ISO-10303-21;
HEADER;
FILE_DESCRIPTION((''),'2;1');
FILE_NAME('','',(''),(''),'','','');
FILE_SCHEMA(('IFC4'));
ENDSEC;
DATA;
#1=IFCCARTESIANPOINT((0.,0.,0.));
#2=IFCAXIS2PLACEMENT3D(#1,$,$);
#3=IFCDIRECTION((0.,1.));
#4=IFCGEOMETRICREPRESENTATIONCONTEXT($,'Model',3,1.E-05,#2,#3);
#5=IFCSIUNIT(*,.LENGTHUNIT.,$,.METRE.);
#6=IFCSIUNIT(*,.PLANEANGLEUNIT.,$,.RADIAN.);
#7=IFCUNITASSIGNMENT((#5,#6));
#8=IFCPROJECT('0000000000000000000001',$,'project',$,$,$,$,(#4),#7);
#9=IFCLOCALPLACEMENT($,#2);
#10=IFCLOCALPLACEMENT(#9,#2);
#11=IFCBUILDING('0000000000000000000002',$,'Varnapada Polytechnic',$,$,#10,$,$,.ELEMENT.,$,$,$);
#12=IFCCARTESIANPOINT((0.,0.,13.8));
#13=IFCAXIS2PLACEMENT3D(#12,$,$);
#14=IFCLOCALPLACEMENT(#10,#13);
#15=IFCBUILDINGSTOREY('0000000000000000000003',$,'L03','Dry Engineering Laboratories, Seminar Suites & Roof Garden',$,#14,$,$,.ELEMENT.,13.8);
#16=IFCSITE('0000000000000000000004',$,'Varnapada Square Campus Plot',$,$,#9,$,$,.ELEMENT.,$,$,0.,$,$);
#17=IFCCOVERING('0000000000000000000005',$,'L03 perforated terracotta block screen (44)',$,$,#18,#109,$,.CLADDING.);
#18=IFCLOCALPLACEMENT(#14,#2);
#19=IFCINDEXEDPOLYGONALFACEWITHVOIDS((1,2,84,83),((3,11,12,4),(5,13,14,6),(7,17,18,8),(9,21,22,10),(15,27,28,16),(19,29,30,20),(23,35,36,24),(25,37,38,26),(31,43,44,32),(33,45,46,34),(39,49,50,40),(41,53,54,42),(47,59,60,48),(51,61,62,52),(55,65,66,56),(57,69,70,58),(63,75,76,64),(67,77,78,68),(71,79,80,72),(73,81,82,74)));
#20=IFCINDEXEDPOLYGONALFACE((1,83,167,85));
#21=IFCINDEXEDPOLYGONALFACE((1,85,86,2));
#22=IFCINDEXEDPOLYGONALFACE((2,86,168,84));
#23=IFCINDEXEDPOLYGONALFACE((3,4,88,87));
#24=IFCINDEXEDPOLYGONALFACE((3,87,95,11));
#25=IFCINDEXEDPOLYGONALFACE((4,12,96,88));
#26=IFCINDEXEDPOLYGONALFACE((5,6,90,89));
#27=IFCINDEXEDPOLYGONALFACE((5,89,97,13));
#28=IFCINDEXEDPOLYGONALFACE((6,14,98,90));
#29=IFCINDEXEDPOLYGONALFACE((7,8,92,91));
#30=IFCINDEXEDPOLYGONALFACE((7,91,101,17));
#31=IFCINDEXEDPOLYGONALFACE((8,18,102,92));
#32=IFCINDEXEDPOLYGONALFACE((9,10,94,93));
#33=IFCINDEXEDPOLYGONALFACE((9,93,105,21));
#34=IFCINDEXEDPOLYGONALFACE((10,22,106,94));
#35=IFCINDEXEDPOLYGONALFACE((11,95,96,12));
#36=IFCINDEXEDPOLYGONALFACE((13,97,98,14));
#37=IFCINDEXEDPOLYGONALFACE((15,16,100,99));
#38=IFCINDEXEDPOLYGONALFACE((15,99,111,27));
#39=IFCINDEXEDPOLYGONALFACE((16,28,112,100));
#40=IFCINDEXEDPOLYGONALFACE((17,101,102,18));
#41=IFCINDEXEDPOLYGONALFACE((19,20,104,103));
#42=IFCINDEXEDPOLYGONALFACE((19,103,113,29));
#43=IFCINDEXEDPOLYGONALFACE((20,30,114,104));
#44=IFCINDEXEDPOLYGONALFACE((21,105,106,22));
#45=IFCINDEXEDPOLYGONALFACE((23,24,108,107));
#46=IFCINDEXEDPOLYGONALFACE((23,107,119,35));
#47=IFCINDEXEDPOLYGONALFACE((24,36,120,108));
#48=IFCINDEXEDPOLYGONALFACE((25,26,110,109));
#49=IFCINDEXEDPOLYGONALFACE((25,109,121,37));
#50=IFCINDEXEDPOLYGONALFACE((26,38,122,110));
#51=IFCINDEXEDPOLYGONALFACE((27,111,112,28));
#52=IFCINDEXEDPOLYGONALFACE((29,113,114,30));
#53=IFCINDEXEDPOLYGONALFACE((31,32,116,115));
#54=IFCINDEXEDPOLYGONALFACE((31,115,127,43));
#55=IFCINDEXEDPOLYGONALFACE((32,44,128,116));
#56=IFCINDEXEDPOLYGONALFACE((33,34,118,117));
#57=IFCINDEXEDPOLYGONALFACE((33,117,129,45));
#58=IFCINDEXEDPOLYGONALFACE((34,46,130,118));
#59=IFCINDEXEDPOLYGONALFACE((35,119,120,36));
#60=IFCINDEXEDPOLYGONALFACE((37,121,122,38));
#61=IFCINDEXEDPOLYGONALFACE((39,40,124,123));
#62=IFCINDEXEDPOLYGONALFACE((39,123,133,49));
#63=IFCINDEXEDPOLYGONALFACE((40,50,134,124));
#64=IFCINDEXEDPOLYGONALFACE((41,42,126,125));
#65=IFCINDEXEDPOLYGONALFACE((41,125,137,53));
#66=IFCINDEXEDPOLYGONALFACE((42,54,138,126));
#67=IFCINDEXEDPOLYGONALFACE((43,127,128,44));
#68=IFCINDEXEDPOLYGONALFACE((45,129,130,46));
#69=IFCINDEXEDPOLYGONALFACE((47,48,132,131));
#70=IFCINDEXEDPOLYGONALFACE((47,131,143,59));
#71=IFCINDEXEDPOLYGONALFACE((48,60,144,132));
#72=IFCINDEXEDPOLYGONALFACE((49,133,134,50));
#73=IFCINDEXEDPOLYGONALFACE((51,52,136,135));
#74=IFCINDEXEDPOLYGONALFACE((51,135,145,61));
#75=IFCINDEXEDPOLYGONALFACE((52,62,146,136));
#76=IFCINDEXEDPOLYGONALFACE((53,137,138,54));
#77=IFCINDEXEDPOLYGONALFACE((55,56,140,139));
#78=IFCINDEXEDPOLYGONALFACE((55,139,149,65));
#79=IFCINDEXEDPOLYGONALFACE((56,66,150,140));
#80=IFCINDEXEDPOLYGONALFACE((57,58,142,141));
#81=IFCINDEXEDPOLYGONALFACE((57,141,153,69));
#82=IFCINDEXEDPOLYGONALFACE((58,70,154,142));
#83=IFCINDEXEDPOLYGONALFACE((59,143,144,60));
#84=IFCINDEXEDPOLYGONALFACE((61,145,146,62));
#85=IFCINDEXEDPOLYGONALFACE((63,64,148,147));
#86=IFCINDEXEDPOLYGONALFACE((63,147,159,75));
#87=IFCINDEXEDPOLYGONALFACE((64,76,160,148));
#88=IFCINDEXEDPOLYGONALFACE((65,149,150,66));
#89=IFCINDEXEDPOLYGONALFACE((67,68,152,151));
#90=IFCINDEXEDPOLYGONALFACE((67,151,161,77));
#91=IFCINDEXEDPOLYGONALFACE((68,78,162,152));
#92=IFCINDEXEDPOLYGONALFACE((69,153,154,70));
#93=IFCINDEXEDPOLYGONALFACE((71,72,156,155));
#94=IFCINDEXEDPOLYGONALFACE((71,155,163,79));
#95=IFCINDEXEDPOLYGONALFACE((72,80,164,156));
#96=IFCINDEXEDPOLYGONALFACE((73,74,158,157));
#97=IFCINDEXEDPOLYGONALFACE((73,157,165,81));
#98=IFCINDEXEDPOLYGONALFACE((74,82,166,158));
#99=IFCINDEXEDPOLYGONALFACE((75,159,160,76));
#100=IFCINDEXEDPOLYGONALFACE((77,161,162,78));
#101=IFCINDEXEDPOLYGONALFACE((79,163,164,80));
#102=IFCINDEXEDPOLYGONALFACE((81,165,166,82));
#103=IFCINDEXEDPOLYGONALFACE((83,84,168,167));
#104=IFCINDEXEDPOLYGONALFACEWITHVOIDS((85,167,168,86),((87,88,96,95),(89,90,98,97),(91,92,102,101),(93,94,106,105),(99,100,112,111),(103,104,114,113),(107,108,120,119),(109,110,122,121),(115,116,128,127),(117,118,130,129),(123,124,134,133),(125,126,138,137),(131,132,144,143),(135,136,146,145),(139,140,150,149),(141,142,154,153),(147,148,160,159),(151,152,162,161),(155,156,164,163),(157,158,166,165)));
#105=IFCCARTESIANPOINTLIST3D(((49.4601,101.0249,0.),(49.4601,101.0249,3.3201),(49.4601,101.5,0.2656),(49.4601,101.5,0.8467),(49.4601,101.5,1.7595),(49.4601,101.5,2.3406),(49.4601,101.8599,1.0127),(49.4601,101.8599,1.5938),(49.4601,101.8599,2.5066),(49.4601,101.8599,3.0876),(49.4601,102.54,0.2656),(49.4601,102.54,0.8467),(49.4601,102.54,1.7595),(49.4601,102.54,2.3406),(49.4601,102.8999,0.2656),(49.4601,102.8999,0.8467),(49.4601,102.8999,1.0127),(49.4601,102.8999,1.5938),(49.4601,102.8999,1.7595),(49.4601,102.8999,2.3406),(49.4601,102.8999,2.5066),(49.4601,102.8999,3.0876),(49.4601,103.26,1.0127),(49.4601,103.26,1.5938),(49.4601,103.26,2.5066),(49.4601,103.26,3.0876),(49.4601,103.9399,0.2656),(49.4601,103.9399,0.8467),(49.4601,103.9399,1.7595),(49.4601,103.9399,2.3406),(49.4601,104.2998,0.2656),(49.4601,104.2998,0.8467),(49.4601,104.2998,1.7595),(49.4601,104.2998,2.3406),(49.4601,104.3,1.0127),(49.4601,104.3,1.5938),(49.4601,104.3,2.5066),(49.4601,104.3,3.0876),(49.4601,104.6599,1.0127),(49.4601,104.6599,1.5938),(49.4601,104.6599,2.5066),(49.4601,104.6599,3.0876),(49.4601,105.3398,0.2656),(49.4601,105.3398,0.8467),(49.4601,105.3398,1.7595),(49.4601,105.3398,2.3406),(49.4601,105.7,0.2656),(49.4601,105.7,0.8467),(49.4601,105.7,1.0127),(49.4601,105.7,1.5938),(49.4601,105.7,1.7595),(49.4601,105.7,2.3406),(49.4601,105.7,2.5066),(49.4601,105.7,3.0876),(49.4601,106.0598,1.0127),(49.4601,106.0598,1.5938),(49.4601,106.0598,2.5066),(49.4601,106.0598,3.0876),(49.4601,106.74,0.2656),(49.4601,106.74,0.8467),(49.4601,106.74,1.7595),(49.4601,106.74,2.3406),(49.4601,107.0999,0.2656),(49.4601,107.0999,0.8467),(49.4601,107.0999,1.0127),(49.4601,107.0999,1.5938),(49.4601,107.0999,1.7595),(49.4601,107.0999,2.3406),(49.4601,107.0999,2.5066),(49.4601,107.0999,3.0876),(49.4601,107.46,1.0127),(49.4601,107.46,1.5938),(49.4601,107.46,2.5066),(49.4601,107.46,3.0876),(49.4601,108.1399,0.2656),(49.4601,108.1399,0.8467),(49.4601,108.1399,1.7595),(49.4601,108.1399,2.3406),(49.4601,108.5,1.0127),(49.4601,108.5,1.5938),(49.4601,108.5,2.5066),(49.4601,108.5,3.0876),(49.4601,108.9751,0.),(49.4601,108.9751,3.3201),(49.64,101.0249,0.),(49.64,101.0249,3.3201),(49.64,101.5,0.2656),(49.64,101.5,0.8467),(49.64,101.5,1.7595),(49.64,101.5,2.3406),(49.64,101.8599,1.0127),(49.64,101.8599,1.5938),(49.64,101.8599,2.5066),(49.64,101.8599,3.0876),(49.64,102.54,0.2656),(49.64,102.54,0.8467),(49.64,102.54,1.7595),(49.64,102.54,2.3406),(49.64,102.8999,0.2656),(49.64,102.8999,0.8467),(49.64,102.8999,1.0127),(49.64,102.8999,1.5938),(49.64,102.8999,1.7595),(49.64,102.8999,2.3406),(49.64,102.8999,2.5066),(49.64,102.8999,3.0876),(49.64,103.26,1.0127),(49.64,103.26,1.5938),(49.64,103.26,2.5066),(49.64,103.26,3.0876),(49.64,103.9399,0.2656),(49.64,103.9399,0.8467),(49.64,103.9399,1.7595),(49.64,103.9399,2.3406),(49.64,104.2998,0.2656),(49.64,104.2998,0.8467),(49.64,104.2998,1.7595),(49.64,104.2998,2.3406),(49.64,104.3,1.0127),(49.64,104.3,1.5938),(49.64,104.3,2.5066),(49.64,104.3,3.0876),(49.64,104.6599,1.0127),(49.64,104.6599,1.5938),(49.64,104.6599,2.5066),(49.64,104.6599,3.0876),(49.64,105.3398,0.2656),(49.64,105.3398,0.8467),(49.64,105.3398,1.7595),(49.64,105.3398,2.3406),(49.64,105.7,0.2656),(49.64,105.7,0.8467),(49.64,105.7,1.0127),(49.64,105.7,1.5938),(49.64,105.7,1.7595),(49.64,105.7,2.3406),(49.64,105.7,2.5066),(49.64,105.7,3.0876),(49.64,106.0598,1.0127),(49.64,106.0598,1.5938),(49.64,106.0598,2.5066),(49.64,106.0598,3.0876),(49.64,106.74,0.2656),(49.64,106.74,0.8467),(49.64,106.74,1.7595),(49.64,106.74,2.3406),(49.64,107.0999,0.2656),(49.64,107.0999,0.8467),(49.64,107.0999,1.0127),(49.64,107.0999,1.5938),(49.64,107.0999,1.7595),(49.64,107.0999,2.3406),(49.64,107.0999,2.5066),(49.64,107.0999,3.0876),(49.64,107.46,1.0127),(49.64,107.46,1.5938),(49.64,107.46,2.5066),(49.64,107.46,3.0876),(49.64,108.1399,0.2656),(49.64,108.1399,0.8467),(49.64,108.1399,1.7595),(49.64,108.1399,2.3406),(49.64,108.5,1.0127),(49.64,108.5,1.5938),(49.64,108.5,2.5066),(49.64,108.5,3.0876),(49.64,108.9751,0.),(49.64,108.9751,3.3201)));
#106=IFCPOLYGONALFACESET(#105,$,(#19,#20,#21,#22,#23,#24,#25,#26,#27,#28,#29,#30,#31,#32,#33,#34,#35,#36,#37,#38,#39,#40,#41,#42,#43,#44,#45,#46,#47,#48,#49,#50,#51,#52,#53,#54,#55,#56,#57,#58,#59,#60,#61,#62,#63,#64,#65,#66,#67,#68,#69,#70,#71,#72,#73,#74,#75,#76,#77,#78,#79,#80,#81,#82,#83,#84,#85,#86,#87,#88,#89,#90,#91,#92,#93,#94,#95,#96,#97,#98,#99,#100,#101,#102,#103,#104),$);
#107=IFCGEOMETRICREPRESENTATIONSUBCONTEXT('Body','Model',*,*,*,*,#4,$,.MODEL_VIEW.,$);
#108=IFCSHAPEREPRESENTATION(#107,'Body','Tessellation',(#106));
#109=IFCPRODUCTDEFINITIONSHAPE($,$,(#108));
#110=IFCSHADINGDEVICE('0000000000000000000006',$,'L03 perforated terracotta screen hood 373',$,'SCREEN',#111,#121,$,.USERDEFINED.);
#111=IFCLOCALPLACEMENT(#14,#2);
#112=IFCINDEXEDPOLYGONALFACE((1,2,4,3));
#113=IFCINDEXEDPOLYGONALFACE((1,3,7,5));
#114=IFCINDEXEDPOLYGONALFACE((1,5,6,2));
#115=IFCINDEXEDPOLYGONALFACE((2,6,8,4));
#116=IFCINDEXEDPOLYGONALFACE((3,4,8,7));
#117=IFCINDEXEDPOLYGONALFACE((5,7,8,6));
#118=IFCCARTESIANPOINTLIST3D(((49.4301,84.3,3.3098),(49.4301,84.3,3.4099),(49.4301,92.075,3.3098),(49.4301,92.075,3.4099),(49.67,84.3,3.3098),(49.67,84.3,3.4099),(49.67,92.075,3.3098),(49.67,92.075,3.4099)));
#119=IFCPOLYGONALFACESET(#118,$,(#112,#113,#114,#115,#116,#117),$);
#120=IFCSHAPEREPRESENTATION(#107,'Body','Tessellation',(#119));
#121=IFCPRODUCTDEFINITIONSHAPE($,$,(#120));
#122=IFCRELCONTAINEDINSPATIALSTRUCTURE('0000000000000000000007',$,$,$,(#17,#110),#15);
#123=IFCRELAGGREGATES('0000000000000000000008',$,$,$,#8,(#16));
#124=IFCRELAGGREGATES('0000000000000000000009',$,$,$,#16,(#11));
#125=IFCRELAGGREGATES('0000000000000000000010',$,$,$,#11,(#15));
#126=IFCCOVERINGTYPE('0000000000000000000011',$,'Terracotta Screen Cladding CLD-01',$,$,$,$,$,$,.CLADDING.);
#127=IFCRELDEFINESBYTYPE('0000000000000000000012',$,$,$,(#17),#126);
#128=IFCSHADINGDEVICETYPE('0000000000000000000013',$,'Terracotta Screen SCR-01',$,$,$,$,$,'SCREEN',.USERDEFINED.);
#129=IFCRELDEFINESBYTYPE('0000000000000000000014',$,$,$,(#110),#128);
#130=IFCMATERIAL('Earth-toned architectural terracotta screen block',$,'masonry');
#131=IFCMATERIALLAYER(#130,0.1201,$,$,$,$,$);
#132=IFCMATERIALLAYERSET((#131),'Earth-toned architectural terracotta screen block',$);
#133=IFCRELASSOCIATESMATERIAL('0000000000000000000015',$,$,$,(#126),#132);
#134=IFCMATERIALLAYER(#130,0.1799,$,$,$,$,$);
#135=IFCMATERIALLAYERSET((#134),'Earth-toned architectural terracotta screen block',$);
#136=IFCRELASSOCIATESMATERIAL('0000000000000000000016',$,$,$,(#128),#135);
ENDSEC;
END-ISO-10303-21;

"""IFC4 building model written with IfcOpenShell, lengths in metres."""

from ifc_helpers import new_model, si_unit, direction, frame, frame_2d, origin, origin_2d, place, context, subcontext, project, spatial, rectangle, extrude, material, layer, layer_set, type_object, element, save


model = new_model("IFC4")

# Units and contexts
model_context = context("Model", 3, precision=1e-05, world=origin(), true_north=direction((0.0, 1.0)))
body_context = subcontext(model_context, "Body", "Model", "MODEL_VIEW")
ifc_project = project(units=[si_unit("LENGTHUNIT", "METRE"), si_unit("PLANEANGLEUNIT", "RADIAN")], contexts=[model_context])

# Site, building, storey
site_placement = place(None, origin())
site = spatial("IfcSite", under=ifc_project, at=site_placement, Name="Varnapada Square Campus Plot", CompositionType="ELEMENT", RefElevation=0.0)
building_placement = place(site_placement, origin())
building = spatial("IfcBuilding", under=site, at=building_placement, Name="Varnapada Polytechnic", CompositionType="ELEMENT")
storey_placement = place(building_placement, frame((0.0, 0.0, 13.8)))
storey = spatial("IfcBuildingStorey", under=building, at=storey_placement, Name="L03", Description="Dry Engineering Laboratories, Seminar Suites & Roof Garden", CompositionType="ELEMENT", Elevation=13.8)

# Covering, openings
ifc_material = material(Name="Earth-toned architectural terracotta screen block", Category="masonry")
ifc_layer_1 = layer(ifc_material, 0.1201)
ifc_layer_set_1 = layer_set([ifc_layer_1], Name="Earth-toned architectural terracotta screen block")
covering_type = type_object("IfcCoveringType", Name="Terracotta Screen Cladding CLD-01", PredefinedType="CLADDING", material=ifc_layer_set_1)
covering_placement = place(storey_placement, frame((49.55, 101.0249, 0.0), z_axis=(0.0, 0.0, 1.0), x_axis=(0.0, 1.0, 0.0)))
covering = element("IfcCovering", 1, at=covering_placement, inside=storey, type_object=covering_type, Name="L03 perforated terracotta block screen (44)", PredefinedType="CLADDING", context=body_context, shape_type="SweptSolid", body=[
    extrude(rectangle(XDim=7.9502, YDim=0.1799, at=frame_2d((3.9751, 0.0))), origin(), (0.0, 0.0, 1.0), 3.3201),
])
opening_1_placement = place(covering_placement, frame((0.4751, 0.0, 0.2656)))
element("IfcOpeningElement", 2, at=opening_1_placement, cuts=covering, PredefinedType="OPENING", context=body_context, shape_type="SweptSolid", body=[
    extrude(rectangle(XDim=1.04, YDim=0.5811, at=frame_2d((0.52, 0.2905))), frame((0.0, 0.0999, 0.0), z_axis=(0.0, -1.0, 0.0), x_axis=(1.0, 0.0, 0.0)), (0.0, 0.0, 1.0), 0.2),
])
opening_2_placement = place(covering_placement, frame((1.875, 0.0, 0.2656)))
element("IfcOpeningElement", 3, at=opening_2_placement, cuts=covering, PredefinedType="OPENING", context=body_context, shape_type="SweptSolid", body=[
    extrude(rectangle(XDim=1.04, YDim=0.5811, at=frame_2d((0.52, 0.2905))), frame((0.0, 0.0999, 0.0), z_axis=(0.0, -1.0, 0.0), x_axis=(1.0, 0.0, 0.0)), (0.0, 0.0, 1.0), 0.2),
])
opening_3_placement = place(covering_placement, frame((3.2749, 0.0, 0.2656)))
element("IfcOpeningElement", 4, at=opening_3_placement, cuts=covering, PredefinedType="OPENING", context=body_context, shape_type="SweptSolid", body=[
    extrude(rectangle(XDim=1.04, YDim=0.5811, at=frame_2d((0.52, 0.2905))), frame((0.0, 0.0999, 0.0), z_axis=(0.0, -1.0, 0.0), x_axis=(1.0, 0.0, 0.0)), (0.0, 0.0, 1.0), 0.2),
])
opening_4_placement = place(covering_placement, frame((4.675, 0.0, 0.2656)))
element("IfcOpeningElement", 5, at=opening_4_placement, cuts=covering, PredefinedType="OPENING", context=body_context, shape_type="SweptSolid", body=[
    extrude(rectangle(XDim=1.04, YDim=0.5811, at=frame_2d((0.52, 0.2905))), frame((0.0, 0.0999, 0.0), z_axis=(0.0, -1.0, 0.0), x_axis=(1.0, 0.0, 0.0)), (0.0, 0.0, 1.0), 0.2),
])
opening_5_placement = place(covering_placement, frame((6.075, 0.0, 0.2656)))
element("IfcOpeningElement", 6, at=opening_5_placement, cuts=covering, PredefinedType="OPENING", context=body_context, shape_type="SweptSolid", body=[
    extrude(rectangle(XDim=1.04, YDim=0.5811, at=frame_2d((0.52, 0.2905))), frame((0.0, 0.0999, 0.0), z_axis=(0.0, -1.0, 0.0), x_axis=(1.0, 0.0, 0.0)), (0.0, 0.0, 1.0), 0.2),
])
opening_6_placement = place(covering_placement, frame((0.835, 0.0, 1.0127)))
element("IfcOpeningElement", 7, at=opening_6_placement, cuts=covering, PredefinedType="OPENING", context=body_context, shape_type="SweptSolid", body=[
    extrude(rectangle(XDim=1.04, YDim=0.5811, at=frame_2d((0.52, 0.2905))), frame((0.0, 0.0999, 0.0), z_axis=(0.0, -1.0, 0.0), x_axis=(1.0, 0.0, 0.0)), (0.0, 0.0, 1.0), 0.2),
])
opening_7_placement = place(covering_placement, frame((2.2351, 0.0, 1.0127)))
element("IfcOpeningElement", 8, at=opening_7_placement, cuts=covering, PredefinedType="OPENING", context=body_context, shape_type="SweptSolid", body=[
    extrude(rectangle(XDim=1.04, YDim=0.5811, at=frame_2d((0.52, 0.2905))), frame((0.0, 0.0999, 0.0), z_axis=(0.0, -1.0, 0.0), x_axis=(1.0, 0.0, 0.0)), (0.0, 0.0, 1.0), 0.2),
])
opening_8_placement = place(covering_placement, frame((3.635, 0.0, 1.0127)))
element("IfcOpeningElement", 9, at=opening_8_placement, cuts=covering, PredefinedType="OPENING", context=body_context, shape_type="SweptSolid", body=[
    extrude(rectangle(XDim=1.04, YDim=0.5811, at=frame_2d((0.52, 0.2905))), frame((0.0, 0.0999, 0.0), z_axis=(0.0, -1.0, 0.0), x_axis=(1.0, 0.0, 0.0)), (0.0, 0.0, 1.0), 0.2),
])
opening_9_placement = place(covering_placement, frame((5.0349, 0.0, 1.0127)))
element("IfcOpeningElement", 10, at=opening_9_placement, cuts=covering, PredefinedType="OPENING", context=body_context, shape_type="SweptSolid", body=[
    extrude(rectangle(XDim=1.04, YDim=0.5811, at=frame_2d((0.52, 0.2905))), frame((0.0, 0.0999, 0.0), z_axis=(0.0, -1.0, 0.0), x_axis=(1.0, 0.0, 0.0)), (0.0, 0.0, 1.0), 0.2),
])
opening_10_placement = place(covering_placement, frame((6.4351, 0.0, 1.0127)))
element("IfcOpeningElement", 11, at=opening_10_placement, cuts=covering, PredefinedType="OPENING", context=body_context, shape_type="SweptSolid", body=[
    extrude(rectangle(XDim=1.04, YDim=0.5811, at=frame_2d((0.52, 0.2905))), frame((0.0, 0.0999, 0.0), z_axis=(0.0, -1.0, 0.0), x_axis=(1.0, 0.0, 0.0)), (0.0, 0.0, 1.0), 0.2),
])
opening_11_placement = place(covering_placement, frame((0.4751, 0.0, 1.7595)))
element("IfcOpeningElement", 12, at=opening_11_placement, cuts=covering, PredefinedType="OPENING", context=body_context, shape_type="SweptSolid", body=[
    extrude(rectangle(XDim=1.04, YDim=0.5811, at=frame_2d((0.52, 0.2905))), frame((0.0, 0.0999, 0.0), z_axis=(0.0, -1.0, 0.0), x_axis=(1.0, 0.0, 0.0)), (0.0, 0.0, 1.0), 0.2),
])
opening_12_placement = place(covering_placement, frame((1.875, 0.0, 1.7595)))
element("IfcOpeningElement", 13, at=opening_12_placement, cuts=covering, PredefinedType="OPENING", context=body_context, shape_type="SweptSolid", body=[
    extrude(rectangle(XDim=1.04, YDim=0.5811, at=frame_2d((0.52, 0.2905))), frame((0.0, 0.0999, 0.0), z_axis=(0.0, -1.0, 0.0), x_axis=(1.0, 0.0, 0.0)), (0.0, 0.0, 1.0), 0.2),
])
opening_13_placement = place(covering_placement, frame((3.2749, 0.0, 1.7595)))
element("IfcOpeningElement", 14, at=opening_13_placement, cuts=covering, PredefinedType="OPENING", context=body_context, shape_type="SweptSolid", body=[
    extrude(rectangle(XDim=1.04, YDim=0.5811, at=frame_2d((0.52, 0.2905))), frame((0.0, 0.0999, 0.0), z_axis=(0.0, -1.0, 0.0), x_axis=(1.0, 0.0, 0.0)), (0.0, 0.0, 1.0), 0.2),
])
opening_14_placement = place(covering_placement, frame((4.675, 0.0, 1.7595)))
element("IfcOpeningElement", 15, at=opening_14_placement, cuts=covering, PredefinedType="OPENING", context=body_context, shape_type="SweptSolid", body=[
    extrude(rectangle(XDim=1.04, YDim=0.5811, at=frame_2d((0.52, 0.2905))), frame((0.0, 0.0999, 0.0), z_axis=(0.0, -1.0, 0.0), x_axis=(1.0, 0.0, 0.0)), (0.0, 0.0, 1.0), 0.2),
])
opening_15_placement = place(covering_placement, frame((6.075, 0.0, 1.7595)))
element("IfcOpeningElement", 16, at=opening_15_placement, cuts=covering, PredefinedType="OPENING", context=body_context, shape_type="SweptSolid", body=[
    extrude(rectangle(XDim=1.04, YDim=0.5811, at=frame_2d((0.52, 0.2905))), frame((0.0, 0.0999, 0.0), z_axis=(0.0, -1.0, 0.0), x_axis=(1.0, 0.0, 0.0)), (0.0, 0.0, 1.0), 0.2),
])
opening_16_placement = place(covering_placement, frame((0.835, 0.0, 2.5066)))
element("IfcOpeningElement", 17, at=opening_16_placement, cuts=covering, PredefinedType="OPENING", context=body_context, shape_type="SweptSolid", body=[
    extrude(rectangle(XDim=1.04, YDim=0.5811, at=frame_2d((0.52, 0.2905))), frame((0.0, 0.0999, 0.0), z_axis=(0.0, -1.0, 0.0), x_axis=(1.0, 0.0, 0.0)), (0.0, 0.0, 1.0), 0.2),
])
opening_17_placement = place(covering_placement, frame((2.2351, 0.0, 2.5066)))
element("IfcOpeningElement", 18, at=opening_17_placement, cuts=covering, PredefinedType="OPENING", context=body_context, shape_type="SweptSolid", body=[
    extrude(rectangle(XDim=1.04, YDim=0.5811, at=frame_2d((0.52, 0.2905))), frame((0.0, 0.0999, 0.0), z_axis=(0.0, -1.0, 0.0), x_axis=(1.0, 0.0, 0.0)), (0.0, 0.0, 1.0), 0.2),
])
opening_18_placement = place(covering_placement, frame((3.635, 0.0, 2.5066)))
element("IfcOpeningElement", 19, at=opening_18_placement, cuts=covering, PredefinedType="OPENING", context=body_context, shape_type="SweptSolid", body=[
    extrude(rectangle(XDim=1.04, YDim=0.5811, at=frame_2d((0.52, 0.2905))), frame((0.0, 0.0999, 0.0), z_axis=(0.0, -1.0, 0.0), x_axis=(1.0, 0.0, 0.0)), (0.0, 0.0, 1.0), 0.2),
])
opening_19_placement = place(covering_placement, frame((5.0349, 0.0, 2.5066)))
element("IfcOpeningElement", 20, at=opening_19_placement, cuts=covering, PredefinedType="OPENING", context=body_context, shape_type="SweptSolid", body=[
    extrude(rectangle(XDim=1.04, YDim=0.5811, at=frame_2d((0.52, 0.2905))), frame((0.0, 0.0999, 0.0), z_axis=(0.0, -1.0, 0.0), x_axis=(1.0, 0.0, 0.0)), (0.0, 0.0, 1.0), 0.2),
])
opening_20_placement = place(covering_placement, frame((6.4351, 0.0, 2.5066)))
element("IfcOpeningElement", 21, at=opening_20_placement, cuts=covering, PredefinedType="OPENING", context=body_context, shape_type="SweptSolid", body=[
    extrude(rectangle(XDim=1.04, YDim=0.5811, at=frame_2d((0.52, 0.2905))), frame((0.0, 0.0999, 0.0), z_axis=(0.0, -1.0, 0.0), x_axis=(1.0, 0.0, 0.0)), (0.0, 0.0, 1.0), 0.2),
])

# Shading device
ifc_layer_2 = layer(ifc_material, 0.1799)
ifc_layer_set_2 = layer_set([ifc_layer_2], Name="Earth-toned architectural terracotta screen block")
shading_device_type = type_object("IfcShadingDeviceType", Name="Terracotta Screen SCR-01", ElementType="SCREEN", PredefinedType="USERDEFINED", material=ifc_layer_set_2)
shading_device_placement = place(storey_placement, frame((49.55, 88.1875, 3.3098), z_axis=(0.0, 0.0, 1.0), x_axis=(0.0, 1.0, 0.0)))
element("IfcShadingDevice", 22, at=shading_device_placement, inside=storey, type_object=shading_device_type, Name="L03 perforated terracotta screen hood 373", ObjectType="SCREEN", PredefinedType="USERDEFINED", context=body_context, shape_type="SweptSolid", body=[
    extrude(rectangle(XDim=7.7749, YDim=0.24, at=origin_2d()), origin(), (0.0, 0.0, 1.0), 0.1001),
])

save(model, "model.ifc")
